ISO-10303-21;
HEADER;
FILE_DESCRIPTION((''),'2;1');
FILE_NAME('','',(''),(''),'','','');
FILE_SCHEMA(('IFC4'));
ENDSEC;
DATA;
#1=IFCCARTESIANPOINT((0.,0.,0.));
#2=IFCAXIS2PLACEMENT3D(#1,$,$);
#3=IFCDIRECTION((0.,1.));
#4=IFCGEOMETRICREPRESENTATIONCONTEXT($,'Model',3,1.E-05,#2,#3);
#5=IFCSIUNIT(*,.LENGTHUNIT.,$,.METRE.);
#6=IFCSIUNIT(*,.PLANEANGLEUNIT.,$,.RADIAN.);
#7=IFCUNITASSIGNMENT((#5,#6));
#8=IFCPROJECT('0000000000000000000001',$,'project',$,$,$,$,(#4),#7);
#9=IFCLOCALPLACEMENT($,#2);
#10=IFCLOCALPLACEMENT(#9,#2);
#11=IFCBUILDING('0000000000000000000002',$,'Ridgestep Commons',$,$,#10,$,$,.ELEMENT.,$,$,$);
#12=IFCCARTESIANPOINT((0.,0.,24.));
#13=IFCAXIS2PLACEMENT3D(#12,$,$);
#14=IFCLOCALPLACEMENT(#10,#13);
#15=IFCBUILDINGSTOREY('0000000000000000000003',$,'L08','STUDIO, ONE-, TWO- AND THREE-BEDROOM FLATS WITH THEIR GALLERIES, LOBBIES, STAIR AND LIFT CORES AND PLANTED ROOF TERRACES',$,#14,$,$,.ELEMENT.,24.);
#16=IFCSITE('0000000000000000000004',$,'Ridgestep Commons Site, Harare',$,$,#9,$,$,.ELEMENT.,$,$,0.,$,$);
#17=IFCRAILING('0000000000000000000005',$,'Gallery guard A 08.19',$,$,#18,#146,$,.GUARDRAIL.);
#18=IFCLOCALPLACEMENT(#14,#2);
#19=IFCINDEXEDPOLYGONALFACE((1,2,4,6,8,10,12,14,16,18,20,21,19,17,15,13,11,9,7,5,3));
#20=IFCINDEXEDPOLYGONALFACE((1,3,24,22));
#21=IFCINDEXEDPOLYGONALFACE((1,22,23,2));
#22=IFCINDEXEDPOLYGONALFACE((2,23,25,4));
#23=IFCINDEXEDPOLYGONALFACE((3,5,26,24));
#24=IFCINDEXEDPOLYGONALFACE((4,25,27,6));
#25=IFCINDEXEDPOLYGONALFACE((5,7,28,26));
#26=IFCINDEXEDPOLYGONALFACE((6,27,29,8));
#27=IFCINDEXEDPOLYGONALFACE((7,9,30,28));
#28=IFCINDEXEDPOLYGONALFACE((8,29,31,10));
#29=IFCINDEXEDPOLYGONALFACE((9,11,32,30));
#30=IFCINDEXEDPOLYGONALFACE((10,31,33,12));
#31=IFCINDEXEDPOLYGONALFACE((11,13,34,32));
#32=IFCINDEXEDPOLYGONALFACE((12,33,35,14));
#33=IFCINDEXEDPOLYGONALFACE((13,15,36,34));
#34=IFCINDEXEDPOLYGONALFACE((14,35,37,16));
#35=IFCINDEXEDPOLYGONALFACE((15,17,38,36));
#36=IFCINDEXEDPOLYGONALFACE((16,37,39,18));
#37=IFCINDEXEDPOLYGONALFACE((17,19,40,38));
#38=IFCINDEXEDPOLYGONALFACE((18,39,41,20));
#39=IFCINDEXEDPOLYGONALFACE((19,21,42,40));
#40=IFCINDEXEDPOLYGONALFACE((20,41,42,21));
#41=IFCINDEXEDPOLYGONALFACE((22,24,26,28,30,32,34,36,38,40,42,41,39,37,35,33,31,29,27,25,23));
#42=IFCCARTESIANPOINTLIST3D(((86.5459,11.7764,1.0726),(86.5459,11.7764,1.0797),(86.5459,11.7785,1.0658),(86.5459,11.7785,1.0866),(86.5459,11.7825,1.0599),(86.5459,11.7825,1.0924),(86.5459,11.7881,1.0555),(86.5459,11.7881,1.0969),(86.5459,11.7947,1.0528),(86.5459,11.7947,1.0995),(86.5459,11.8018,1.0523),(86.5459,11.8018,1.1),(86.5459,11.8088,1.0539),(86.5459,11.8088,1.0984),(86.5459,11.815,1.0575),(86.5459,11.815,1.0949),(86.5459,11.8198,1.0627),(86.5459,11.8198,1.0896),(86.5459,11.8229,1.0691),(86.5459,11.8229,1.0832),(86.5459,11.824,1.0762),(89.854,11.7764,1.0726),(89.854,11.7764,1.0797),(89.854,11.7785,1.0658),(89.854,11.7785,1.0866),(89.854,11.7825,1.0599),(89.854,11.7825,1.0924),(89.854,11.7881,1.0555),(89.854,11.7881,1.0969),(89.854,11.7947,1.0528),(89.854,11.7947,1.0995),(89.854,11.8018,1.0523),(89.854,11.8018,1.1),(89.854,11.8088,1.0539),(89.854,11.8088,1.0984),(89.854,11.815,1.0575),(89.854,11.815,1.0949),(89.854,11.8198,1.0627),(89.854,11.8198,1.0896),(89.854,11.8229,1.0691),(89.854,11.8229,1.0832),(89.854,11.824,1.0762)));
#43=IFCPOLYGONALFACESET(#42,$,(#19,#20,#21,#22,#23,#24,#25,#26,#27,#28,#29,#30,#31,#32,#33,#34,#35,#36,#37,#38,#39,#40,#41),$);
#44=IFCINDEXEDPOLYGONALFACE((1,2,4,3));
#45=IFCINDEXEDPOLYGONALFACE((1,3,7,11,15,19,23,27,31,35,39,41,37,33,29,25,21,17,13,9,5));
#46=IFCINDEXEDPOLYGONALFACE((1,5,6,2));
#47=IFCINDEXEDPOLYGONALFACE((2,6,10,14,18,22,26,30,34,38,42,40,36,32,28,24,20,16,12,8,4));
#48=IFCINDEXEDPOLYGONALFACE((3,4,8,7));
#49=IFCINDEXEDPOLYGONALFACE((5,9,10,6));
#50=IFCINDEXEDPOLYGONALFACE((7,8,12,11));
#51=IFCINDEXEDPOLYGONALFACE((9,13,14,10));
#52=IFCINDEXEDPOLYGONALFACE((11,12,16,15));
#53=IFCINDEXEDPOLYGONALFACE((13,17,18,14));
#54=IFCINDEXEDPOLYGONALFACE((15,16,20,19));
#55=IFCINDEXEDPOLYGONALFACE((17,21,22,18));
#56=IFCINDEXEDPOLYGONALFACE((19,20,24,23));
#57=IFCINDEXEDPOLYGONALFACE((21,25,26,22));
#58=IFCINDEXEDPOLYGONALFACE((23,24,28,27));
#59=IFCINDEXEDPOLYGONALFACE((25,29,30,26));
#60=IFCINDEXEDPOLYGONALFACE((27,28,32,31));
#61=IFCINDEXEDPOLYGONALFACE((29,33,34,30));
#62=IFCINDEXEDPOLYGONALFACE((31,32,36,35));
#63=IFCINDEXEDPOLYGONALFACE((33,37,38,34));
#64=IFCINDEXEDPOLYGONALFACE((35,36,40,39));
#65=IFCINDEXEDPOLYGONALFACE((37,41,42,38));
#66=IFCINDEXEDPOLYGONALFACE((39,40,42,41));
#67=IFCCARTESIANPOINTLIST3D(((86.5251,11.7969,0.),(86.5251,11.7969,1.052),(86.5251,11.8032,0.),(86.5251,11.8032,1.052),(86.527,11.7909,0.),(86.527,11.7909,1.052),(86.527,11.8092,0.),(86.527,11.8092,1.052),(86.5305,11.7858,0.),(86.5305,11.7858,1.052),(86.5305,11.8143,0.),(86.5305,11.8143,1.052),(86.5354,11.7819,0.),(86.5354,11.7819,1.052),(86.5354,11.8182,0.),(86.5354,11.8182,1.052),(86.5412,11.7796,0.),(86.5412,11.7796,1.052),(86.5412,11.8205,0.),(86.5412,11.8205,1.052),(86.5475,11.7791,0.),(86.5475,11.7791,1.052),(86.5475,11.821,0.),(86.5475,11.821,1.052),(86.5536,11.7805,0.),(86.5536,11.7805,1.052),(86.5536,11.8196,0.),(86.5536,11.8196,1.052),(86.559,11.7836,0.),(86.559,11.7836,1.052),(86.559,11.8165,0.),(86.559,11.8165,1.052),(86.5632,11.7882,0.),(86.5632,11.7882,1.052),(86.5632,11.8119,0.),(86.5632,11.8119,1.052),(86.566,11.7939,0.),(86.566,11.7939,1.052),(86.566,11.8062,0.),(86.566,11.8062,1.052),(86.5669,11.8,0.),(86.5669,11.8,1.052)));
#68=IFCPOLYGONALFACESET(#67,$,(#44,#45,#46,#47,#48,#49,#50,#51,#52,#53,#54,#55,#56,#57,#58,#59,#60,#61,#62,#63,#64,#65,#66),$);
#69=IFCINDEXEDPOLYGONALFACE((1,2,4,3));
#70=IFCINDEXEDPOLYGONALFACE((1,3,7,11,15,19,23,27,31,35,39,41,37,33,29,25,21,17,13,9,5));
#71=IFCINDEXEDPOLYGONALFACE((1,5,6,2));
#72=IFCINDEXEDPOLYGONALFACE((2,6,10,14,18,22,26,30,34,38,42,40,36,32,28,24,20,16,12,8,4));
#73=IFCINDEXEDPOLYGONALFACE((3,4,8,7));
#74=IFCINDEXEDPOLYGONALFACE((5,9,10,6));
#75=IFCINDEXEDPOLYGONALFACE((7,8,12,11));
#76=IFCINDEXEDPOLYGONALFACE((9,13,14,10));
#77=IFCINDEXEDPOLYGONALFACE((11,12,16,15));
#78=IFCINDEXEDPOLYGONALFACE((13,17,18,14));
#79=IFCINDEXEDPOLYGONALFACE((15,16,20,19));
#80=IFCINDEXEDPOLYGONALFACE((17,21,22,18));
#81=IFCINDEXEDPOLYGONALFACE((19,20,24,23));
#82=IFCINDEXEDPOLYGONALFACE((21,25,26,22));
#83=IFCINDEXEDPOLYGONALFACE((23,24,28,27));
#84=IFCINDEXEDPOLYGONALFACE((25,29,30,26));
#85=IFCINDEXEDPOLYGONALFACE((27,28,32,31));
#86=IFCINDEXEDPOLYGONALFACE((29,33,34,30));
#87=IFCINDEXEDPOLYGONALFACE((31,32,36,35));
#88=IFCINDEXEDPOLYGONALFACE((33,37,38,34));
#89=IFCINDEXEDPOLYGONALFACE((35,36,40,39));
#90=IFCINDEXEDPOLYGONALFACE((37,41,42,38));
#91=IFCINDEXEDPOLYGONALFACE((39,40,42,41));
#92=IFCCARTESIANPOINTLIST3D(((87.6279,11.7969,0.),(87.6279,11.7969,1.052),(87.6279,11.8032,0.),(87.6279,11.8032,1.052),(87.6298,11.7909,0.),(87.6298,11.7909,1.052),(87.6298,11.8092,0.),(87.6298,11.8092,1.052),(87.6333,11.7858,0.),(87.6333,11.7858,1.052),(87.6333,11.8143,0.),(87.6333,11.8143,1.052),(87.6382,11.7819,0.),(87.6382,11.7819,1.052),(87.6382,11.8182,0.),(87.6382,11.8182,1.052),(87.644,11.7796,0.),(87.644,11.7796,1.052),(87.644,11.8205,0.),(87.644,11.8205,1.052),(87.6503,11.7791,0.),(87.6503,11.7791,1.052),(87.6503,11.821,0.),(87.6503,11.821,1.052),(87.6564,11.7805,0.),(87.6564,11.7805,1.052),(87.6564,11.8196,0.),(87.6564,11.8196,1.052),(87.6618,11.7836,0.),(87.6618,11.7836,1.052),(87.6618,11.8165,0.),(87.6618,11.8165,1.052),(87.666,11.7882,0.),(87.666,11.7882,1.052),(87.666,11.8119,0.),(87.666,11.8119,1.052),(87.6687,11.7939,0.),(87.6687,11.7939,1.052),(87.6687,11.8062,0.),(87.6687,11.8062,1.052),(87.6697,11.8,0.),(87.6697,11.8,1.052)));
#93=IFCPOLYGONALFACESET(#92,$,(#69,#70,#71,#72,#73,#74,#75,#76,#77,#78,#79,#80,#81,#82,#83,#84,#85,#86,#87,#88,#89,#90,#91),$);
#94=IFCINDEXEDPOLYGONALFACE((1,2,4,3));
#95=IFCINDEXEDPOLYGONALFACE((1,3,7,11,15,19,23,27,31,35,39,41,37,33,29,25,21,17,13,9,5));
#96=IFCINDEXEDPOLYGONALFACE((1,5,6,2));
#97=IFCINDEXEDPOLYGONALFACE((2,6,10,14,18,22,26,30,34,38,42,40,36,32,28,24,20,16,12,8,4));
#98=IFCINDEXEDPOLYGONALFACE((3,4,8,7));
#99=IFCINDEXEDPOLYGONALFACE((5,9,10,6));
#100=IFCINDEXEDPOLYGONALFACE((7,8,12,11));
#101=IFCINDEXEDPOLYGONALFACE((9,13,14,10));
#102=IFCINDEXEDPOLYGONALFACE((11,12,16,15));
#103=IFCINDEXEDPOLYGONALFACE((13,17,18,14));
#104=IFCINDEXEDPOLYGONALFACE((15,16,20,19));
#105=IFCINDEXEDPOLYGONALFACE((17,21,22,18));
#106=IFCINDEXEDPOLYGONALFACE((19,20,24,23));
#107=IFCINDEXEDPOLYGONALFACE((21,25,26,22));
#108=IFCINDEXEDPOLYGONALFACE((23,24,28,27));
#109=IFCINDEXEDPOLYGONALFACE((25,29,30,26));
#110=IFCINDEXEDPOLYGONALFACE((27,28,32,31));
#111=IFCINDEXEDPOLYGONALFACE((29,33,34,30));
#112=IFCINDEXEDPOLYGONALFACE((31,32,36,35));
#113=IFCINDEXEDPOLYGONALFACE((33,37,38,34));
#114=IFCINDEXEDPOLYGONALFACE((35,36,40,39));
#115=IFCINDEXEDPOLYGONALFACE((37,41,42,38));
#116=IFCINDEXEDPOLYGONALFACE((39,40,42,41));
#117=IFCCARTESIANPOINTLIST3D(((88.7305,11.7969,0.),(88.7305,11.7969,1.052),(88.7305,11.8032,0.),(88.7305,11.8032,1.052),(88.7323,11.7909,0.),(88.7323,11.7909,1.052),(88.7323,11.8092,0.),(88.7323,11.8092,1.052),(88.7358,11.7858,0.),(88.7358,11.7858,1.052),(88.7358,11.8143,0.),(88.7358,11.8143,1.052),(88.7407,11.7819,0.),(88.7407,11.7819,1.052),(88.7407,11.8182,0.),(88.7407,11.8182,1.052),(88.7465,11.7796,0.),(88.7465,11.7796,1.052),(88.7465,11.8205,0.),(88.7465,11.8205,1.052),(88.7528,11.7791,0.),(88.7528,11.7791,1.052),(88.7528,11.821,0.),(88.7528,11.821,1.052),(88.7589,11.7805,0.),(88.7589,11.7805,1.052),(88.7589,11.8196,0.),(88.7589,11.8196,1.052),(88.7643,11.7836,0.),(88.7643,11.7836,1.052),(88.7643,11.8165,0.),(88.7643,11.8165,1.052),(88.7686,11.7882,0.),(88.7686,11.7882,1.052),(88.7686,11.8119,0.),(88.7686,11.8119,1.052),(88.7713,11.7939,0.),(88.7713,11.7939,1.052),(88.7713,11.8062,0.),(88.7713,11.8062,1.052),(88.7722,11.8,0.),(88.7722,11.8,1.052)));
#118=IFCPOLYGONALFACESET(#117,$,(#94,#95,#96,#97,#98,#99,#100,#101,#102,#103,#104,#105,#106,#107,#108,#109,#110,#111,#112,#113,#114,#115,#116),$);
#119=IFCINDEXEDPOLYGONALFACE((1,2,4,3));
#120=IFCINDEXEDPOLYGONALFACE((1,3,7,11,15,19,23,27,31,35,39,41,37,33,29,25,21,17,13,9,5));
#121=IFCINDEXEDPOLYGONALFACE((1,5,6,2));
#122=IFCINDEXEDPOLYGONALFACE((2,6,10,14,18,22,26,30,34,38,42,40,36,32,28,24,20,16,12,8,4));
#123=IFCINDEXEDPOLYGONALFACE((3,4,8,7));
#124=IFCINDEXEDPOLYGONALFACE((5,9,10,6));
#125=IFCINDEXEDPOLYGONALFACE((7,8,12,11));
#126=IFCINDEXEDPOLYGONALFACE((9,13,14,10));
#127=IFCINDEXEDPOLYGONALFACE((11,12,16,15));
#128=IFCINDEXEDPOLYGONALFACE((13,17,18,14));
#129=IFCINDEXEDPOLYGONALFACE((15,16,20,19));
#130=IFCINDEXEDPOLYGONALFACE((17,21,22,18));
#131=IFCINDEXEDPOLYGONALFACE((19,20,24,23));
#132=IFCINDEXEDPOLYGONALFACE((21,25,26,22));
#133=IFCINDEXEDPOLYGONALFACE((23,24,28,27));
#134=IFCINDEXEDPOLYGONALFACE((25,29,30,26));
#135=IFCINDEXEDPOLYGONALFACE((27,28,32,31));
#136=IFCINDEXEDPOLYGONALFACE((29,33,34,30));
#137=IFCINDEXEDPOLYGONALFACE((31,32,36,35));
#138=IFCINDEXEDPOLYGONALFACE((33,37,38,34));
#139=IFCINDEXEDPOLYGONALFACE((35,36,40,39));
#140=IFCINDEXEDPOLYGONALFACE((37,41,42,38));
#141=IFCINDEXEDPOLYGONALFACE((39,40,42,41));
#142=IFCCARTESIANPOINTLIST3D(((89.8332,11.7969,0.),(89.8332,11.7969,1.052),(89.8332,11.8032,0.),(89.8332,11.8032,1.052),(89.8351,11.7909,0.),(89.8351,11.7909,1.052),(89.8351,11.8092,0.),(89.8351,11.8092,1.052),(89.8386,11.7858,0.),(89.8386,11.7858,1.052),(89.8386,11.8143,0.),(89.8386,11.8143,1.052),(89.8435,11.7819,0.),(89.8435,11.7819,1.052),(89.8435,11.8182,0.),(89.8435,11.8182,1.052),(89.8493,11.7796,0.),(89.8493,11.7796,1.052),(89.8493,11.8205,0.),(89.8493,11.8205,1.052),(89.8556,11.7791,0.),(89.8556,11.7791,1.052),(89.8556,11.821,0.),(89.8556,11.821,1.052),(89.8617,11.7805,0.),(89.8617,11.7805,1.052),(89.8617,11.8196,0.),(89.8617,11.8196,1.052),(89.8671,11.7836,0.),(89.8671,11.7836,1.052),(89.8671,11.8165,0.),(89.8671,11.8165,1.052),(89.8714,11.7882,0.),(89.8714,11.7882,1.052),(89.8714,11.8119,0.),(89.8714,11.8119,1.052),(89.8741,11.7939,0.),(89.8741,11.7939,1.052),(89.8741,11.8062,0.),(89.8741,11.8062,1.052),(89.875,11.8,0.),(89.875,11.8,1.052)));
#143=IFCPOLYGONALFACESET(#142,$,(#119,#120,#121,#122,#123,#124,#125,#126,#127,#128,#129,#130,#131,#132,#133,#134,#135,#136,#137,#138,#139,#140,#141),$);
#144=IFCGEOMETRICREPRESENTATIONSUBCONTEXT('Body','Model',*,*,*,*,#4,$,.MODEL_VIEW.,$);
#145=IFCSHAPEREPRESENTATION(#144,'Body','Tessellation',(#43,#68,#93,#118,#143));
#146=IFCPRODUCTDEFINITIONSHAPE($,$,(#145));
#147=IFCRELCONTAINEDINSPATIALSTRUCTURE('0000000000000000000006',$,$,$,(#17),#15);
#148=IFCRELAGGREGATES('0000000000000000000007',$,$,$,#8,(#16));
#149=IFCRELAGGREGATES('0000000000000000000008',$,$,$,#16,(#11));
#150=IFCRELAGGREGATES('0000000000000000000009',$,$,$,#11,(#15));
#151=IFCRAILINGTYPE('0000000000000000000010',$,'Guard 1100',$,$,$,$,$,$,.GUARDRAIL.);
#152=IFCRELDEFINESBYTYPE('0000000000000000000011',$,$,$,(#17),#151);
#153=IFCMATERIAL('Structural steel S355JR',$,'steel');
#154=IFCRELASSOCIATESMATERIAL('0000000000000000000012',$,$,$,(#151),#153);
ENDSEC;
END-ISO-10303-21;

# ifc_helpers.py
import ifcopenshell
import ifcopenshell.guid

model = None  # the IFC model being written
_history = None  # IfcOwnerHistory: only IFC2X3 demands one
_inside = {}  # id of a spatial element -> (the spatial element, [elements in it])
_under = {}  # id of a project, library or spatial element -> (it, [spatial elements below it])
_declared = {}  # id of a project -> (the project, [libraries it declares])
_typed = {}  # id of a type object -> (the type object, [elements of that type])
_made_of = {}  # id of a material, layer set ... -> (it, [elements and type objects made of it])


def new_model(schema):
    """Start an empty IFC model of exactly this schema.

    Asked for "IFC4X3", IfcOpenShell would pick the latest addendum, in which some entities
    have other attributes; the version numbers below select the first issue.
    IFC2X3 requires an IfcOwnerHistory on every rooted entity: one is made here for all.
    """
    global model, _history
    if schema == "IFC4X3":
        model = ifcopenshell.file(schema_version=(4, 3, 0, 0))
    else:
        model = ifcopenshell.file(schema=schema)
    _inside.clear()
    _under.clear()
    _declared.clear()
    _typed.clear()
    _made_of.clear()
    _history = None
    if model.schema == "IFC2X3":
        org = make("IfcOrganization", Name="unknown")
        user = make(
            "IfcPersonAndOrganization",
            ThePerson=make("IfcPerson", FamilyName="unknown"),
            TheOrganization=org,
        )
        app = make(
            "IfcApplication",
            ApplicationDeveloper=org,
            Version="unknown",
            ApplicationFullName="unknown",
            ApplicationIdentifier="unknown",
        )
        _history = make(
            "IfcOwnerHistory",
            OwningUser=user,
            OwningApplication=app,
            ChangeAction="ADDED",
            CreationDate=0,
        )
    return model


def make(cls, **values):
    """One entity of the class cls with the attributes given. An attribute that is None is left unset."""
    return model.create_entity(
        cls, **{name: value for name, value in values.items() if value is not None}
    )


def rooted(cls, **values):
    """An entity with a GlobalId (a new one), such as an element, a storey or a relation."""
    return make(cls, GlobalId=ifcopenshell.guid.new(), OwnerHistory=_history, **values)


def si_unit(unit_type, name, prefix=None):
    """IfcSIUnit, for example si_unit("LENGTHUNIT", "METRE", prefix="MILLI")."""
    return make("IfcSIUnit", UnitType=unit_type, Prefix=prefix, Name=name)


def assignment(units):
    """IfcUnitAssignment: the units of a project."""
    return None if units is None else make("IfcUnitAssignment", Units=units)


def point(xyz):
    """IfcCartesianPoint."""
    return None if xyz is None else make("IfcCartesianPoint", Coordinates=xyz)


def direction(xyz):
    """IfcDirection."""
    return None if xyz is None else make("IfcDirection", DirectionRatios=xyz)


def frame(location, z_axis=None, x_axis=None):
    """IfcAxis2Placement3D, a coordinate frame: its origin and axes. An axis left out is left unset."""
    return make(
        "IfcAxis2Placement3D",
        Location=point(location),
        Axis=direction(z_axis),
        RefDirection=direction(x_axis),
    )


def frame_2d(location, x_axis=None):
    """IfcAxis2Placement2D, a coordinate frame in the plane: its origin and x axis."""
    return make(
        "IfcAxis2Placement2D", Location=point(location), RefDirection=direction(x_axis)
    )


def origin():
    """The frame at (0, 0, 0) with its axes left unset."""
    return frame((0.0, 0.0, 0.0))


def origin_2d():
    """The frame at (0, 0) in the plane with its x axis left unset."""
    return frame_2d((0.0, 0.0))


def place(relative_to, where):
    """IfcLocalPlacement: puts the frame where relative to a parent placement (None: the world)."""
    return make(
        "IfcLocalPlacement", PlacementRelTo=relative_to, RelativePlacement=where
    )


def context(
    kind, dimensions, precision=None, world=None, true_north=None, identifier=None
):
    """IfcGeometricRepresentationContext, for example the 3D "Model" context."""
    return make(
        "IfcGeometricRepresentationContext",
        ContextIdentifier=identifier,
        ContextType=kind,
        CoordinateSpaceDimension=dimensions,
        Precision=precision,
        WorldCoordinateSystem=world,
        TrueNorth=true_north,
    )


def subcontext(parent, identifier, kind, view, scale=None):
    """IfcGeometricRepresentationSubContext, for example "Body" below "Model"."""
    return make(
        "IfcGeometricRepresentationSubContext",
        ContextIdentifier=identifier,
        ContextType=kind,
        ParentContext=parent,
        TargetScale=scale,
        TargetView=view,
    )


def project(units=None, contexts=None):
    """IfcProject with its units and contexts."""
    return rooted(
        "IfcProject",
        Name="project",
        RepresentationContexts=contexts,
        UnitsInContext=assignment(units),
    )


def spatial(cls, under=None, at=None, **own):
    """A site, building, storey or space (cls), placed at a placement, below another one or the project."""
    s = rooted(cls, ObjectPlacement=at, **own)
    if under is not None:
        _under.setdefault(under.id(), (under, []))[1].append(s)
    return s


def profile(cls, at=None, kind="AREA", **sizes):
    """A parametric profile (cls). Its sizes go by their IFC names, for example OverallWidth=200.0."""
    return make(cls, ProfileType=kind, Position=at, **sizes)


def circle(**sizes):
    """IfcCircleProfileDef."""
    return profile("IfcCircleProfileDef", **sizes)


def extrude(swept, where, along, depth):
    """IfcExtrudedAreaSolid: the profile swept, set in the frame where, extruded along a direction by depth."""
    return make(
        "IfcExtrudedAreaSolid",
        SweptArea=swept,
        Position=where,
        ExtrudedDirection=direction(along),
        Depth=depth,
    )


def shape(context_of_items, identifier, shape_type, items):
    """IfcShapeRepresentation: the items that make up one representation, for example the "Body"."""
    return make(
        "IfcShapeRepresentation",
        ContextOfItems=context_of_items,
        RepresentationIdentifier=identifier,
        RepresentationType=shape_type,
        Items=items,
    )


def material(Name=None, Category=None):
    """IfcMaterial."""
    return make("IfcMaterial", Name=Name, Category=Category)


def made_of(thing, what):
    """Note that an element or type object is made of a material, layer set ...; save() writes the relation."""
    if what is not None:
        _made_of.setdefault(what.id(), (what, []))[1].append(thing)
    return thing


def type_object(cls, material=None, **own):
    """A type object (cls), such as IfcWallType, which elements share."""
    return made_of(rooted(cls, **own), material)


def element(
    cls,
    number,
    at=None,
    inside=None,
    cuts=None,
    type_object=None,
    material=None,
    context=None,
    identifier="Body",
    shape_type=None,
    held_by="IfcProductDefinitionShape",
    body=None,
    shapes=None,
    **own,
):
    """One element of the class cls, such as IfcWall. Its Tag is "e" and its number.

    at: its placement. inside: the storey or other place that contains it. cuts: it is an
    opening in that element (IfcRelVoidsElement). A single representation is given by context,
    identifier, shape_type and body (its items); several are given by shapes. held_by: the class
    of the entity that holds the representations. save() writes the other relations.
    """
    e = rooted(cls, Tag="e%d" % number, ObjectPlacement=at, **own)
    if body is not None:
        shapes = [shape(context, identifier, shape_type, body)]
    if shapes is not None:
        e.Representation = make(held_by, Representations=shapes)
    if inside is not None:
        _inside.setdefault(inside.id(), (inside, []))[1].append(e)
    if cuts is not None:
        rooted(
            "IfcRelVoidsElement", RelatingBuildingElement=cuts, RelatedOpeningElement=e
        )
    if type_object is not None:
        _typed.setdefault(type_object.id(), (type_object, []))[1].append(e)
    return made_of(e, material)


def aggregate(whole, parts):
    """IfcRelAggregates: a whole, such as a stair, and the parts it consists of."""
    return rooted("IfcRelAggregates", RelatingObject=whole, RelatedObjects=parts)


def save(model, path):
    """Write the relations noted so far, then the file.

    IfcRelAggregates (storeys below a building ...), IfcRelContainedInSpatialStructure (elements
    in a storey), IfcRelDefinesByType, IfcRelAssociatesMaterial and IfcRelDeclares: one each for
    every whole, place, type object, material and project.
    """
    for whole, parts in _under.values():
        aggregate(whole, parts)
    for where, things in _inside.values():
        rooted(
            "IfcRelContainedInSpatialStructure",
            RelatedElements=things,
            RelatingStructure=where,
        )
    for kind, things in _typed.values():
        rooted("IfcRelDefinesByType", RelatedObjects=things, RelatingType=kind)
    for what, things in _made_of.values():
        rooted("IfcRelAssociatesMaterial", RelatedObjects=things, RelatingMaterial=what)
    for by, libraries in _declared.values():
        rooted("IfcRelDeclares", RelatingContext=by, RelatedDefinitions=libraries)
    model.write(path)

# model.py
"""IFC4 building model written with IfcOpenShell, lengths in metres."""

from ifc_helpers import new_model, si_unit, direction, frame, origin, origin_2d, place, context, subcontext, project, spatial, circle, extrude, material, type_object, element, save


model = new_model("IFC4")

# Units and contexts
model_context = context("Model", 3, precision=1e-05, world=origin(), true_north=direction((0.0, 1.0)))
body_context = subcontext(model_context, "Body", "Model", "MODEL_VIEW")
ifc_project = project(units=[si_unit("LENGTHUNIT", "METRE"), si_unit("PLANEANGLEUNIT", "RADIAN")], contexts=[model_context])

# Site, building, storey
site_placement = place(None, origin())
site = spatial("IfcSite", under=ifc_project, at=site_placement, Name="Ridgestep Commons Site, Harare", CompositionType="ELEMENT", RefElevation=0.0)
building_placement = place(site_placement, origin())
building = spatial("IfcBuilding", under=site, at=building_placement, Name="Ridgestep Commons", CompositionType="ELEMENT")
storey_placement = place(building_placement, frame((0.0, 0.0, 24.0)))
storey = spatial("IfcBuildingStorey", under=building, at=storey_placement, Name="L08", Description="STUDIO, ONE-, TWO- AND THREE-BEDROOM FLATS WITH THEIR GALLERIES, LOBBIES, STAIR AND LIFT CORES AND PLANTED ROOF TERRACES", CompositionType="ELEMENT", Elevation=24.0)

# Railing
ifc_material_1 = material(Name="Structural steel S355JR", Category="steel")
railing_type = type_object("IfcRailingType", Name="Guard 1100", PredefinedType="GUARDRAIL", material=ifc_material_1)
railing_1_placement = place(storey_placement, frame((86.5459, 11.8, 0.0)))
element("IfcRailing", 1, at=railing_1_placement, inside=storey, type_object=railing_type, Name="Gallery guard A 08.19", PredefinedType="GUARDRAIL", context=body_context, shape_type="SweptSolid", body=[
    extrude(circle(Radius=0.0239, at=origin_2d()), frame((0.0, 0.0, 1.0762), z_axis=(1.0, 0.0, 0.0), x_axis=(0.0, 1.0, 0.0)), (0.0, 0.0, 1.0), 3.3081),
    extrude(circle(Radius=0.021, at=origin_2d()), origin(), (0.0, 0.0, 1.0), 1.052),
    extrude(circle(Radius=0.021, at=origin_2d()), frame((1.1028, 0.0, 0.0)), (0.0, 0.0, 1.0), 1.052),
    extrude(circle(Radius=0.021, at=origin_2d()), frame((2.2053, 0.0, 0.0)), (0.0, 0.0, 1.0), 1.052),
    extrude(circle(Radius=0.021, at=origin_2d()), frame((3.3081, 0.0, 0.0)), (0.0, 0.0, 1.0), 1.052),
])

save(model, "model.ifc")
